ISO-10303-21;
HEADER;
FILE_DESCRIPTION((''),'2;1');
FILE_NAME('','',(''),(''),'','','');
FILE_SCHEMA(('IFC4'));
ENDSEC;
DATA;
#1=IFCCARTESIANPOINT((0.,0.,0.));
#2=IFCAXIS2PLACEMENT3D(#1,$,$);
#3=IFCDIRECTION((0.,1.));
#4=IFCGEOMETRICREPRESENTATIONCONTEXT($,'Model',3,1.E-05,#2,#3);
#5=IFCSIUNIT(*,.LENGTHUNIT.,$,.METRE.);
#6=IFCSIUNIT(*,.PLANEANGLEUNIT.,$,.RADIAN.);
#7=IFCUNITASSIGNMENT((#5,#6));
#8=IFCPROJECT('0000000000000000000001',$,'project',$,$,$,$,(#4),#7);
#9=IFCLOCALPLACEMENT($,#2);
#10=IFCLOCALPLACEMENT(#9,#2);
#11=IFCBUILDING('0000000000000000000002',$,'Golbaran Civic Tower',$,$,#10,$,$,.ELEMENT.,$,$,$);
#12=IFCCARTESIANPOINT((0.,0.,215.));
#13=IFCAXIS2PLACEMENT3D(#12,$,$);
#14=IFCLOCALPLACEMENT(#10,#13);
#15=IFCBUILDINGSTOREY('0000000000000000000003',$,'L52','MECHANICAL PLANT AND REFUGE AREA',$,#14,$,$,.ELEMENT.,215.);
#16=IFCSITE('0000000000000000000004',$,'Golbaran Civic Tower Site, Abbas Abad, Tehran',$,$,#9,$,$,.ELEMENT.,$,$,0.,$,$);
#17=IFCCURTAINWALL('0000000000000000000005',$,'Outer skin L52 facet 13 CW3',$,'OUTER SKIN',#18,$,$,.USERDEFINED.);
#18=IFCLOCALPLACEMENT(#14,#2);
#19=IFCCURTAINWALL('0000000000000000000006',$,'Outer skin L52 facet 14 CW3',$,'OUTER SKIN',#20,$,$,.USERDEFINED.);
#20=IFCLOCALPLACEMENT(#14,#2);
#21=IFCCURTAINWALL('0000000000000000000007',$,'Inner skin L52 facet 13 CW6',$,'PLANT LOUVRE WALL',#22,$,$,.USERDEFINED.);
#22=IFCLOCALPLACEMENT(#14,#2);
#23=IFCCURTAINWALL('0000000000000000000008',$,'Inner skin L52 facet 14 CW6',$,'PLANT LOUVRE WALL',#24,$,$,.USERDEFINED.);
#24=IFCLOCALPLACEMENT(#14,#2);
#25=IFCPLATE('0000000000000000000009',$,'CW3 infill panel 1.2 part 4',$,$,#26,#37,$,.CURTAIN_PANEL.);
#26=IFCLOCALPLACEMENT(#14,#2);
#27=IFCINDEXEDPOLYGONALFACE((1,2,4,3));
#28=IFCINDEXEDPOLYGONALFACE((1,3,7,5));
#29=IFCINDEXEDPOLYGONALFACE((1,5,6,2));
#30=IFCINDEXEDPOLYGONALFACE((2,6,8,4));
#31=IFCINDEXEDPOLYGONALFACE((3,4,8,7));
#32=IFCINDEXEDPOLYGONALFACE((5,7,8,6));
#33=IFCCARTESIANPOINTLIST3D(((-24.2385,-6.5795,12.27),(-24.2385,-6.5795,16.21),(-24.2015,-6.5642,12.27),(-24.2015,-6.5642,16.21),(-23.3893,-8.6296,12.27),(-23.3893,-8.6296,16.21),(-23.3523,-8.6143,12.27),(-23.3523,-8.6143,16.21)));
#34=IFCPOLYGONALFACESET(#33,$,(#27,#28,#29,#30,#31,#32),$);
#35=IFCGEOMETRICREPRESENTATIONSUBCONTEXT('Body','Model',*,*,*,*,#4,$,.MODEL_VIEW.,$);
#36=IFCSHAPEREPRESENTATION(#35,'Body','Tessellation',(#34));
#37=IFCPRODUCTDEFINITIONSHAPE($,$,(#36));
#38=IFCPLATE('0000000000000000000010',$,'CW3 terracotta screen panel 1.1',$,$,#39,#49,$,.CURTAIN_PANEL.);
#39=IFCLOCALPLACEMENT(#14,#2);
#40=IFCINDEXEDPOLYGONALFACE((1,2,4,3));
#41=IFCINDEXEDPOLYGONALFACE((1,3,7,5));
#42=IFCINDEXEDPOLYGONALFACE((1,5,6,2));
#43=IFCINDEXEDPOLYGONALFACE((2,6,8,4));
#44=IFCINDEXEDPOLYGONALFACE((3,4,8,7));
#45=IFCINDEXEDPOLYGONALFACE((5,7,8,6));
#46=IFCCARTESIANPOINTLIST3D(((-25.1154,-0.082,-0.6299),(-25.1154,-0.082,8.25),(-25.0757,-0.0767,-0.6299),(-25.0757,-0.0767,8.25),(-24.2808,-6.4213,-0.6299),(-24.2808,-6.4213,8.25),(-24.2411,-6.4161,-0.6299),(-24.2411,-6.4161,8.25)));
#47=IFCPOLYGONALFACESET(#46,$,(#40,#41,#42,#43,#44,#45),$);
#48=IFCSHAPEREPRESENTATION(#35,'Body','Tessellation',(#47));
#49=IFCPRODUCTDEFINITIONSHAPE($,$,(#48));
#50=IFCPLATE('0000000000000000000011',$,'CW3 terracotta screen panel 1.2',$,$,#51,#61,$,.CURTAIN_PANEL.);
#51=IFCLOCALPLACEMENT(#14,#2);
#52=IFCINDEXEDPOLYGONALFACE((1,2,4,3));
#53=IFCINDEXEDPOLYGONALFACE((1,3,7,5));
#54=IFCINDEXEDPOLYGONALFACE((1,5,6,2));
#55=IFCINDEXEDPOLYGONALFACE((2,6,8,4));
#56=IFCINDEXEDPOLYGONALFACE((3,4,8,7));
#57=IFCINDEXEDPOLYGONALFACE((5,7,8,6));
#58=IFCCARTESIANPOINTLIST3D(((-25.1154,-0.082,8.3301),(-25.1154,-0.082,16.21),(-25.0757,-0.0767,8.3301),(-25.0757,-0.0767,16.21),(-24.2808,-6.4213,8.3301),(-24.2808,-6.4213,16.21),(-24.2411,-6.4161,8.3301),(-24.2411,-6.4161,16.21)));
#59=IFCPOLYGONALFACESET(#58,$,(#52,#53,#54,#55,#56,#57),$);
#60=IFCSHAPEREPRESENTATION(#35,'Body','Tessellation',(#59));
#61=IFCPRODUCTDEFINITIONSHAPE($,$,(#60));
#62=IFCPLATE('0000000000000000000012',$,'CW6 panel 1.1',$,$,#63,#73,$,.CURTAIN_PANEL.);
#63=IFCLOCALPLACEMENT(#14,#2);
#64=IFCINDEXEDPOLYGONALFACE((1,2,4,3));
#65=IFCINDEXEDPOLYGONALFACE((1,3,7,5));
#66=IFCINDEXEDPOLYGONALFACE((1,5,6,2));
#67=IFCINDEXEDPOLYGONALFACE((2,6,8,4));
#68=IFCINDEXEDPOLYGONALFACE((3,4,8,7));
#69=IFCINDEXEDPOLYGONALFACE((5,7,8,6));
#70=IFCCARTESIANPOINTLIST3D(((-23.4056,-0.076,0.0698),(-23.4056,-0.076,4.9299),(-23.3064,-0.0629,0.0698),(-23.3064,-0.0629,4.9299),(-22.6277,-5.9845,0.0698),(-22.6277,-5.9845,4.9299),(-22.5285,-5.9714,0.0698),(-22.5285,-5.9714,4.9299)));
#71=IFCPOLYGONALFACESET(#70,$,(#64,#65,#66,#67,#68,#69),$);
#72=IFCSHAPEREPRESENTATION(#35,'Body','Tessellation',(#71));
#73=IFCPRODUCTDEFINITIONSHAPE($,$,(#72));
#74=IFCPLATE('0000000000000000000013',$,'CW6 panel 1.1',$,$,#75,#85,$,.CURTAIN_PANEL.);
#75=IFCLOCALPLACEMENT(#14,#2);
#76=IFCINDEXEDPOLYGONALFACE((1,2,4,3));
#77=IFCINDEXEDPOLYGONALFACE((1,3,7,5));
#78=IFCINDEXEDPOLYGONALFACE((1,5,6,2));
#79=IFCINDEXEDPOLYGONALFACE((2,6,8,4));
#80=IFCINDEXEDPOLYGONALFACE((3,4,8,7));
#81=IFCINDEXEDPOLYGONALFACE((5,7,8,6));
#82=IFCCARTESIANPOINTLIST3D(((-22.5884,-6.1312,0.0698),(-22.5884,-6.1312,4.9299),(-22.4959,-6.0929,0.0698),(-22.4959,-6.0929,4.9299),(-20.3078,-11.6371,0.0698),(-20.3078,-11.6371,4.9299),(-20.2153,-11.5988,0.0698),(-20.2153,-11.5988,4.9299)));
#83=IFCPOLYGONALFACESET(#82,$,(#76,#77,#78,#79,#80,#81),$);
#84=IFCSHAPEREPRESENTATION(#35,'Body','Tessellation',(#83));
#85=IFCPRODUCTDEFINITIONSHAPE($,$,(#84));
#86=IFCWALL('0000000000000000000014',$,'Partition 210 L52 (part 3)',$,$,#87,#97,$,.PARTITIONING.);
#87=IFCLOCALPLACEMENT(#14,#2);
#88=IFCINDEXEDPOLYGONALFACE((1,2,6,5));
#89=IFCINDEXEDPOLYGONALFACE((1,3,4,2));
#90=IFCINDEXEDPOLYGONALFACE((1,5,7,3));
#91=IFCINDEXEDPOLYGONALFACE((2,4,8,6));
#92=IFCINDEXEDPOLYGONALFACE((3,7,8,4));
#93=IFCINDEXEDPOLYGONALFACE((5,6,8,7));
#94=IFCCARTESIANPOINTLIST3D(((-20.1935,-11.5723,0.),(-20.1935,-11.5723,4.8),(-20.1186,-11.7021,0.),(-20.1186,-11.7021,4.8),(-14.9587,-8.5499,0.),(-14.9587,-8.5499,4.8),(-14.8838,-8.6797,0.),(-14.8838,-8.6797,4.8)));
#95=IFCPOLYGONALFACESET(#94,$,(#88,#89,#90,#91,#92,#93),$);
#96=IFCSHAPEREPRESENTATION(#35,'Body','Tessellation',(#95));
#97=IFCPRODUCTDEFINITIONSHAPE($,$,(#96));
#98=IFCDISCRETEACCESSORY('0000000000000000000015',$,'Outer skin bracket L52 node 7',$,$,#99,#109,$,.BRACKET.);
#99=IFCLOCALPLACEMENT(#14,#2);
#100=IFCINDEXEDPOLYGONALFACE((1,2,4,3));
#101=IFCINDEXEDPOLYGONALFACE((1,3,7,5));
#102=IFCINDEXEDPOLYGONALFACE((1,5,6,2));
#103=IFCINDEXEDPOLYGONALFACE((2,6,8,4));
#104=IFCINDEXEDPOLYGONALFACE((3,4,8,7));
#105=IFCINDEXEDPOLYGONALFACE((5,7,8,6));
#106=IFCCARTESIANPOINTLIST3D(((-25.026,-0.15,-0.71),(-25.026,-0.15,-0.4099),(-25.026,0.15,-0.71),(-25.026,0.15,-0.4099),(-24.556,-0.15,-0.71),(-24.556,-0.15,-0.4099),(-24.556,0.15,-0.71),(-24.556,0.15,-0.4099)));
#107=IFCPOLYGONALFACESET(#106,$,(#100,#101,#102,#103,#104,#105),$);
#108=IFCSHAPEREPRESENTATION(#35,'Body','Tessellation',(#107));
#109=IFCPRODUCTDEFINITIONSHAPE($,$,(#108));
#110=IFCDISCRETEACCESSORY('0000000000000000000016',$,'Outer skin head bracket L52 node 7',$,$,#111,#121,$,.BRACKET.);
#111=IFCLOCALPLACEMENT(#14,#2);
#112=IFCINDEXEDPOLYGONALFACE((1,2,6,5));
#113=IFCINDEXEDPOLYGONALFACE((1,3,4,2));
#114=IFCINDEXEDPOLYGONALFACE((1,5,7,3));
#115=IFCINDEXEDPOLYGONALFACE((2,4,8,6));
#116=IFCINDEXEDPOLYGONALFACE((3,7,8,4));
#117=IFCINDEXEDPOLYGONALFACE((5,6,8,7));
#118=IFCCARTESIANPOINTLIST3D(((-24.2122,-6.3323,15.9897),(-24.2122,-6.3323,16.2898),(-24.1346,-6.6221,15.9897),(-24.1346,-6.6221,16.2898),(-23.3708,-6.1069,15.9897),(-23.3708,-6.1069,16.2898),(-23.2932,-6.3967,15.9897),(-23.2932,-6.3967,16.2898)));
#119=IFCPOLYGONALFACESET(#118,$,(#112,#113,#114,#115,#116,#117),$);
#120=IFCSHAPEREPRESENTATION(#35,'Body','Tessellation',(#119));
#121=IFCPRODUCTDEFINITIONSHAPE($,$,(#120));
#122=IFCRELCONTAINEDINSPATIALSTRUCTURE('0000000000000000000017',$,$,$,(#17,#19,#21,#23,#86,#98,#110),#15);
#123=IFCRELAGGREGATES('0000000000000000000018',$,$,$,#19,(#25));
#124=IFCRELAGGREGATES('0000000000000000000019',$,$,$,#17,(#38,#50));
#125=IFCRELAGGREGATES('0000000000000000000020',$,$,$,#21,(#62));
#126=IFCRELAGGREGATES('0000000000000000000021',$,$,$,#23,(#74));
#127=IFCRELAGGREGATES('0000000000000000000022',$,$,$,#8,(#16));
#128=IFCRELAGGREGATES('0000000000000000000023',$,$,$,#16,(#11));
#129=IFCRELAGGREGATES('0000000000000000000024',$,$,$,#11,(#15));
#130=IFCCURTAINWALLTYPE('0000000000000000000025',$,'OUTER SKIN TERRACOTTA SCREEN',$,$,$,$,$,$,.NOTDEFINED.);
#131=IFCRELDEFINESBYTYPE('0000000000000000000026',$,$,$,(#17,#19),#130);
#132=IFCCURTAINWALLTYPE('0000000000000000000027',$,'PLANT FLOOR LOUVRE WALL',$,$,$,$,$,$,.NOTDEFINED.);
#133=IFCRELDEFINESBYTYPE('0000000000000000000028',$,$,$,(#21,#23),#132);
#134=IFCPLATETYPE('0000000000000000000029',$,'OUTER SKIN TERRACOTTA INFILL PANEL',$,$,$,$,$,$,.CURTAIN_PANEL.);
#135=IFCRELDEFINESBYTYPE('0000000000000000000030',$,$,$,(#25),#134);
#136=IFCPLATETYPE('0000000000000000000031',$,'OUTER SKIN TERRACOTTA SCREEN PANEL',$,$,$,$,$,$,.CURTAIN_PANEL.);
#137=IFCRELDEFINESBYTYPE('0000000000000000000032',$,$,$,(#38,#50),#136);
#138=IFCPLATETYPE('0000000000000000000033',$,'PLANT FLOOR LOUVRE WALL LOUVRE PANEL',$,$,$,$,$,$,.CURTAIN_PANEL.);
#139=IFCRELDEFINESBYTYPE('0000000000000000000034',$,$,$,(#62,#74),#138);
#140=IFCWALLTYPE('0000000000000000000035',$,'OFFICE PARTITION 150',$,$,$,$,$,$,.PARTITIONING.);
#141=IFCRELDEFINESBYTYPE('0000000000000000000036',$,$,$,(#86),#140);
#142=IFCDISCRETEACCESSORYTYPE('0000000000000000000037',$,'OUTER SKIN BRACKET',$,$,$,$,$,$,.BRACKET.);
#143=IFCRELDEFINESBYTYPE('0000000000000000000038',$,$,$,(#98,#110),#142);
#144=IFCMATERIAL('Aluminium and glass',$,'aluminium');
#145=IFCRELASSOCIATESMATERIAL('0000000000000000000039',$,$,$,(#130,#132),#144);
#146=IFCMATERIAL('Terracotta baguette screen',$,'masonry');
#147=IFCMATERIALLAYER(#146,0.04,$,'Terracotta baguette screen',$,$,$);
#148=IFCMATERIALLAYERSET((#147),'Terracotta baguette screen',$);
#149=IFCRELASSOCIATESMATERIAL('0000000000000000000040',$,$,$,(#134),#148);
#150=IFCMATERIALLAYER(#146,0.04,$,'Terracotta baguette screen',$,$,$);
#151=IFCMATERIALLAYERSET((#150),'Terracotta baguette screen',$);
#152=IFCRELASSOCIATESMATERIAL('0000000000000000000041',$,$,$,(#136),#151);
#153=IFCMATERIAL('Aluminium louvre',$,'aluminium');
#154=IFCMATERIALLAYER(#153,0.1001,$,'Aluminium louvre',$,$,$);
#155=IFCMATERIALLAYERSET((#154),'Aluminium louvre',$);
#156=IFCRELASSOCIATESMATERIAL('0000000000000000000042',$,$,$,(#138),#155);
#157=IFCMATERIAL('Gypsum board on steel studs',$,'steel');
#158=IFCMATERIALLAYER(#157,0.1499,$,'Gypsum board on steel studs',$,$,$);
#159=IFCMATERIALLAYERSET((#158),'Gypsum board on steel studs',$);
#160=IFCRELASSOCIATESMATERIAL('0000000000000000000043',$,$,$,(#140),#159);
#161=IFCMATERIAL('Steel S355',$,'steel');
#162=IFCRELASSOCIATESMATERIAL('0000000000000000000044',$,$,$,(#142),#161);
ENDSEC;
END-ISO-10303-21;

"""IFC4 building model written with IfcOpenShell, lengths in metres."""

from ifc_helpers import new_model, si_unit, direction, frame, frame_2d, origin, origin_2d, place, context, subcontext, project, spatial, rectangle, extrude, material, layer, layer_set, type_object, element, aggregate, save


model = new_model("IFC4")

# Units and contexts
model_context = context("Model", 3, precision=1e-05, world=origin(), true_north=direction((0.0, 1.0)))
body_context = subcontext(model_context, "Body", "Model", "MODEL_VIEW")
ifc_project = project(units=[si_unit("LENGTHUNIT", "METRE"), si_unit("PLANEANGLEUNIT", "RADIAN")], contexts=[model_context])

# Site, building, storey
site_placement = place(None, origin())
site = spatial("IfcSite", under=ifc_project, at=site_placement, Name="Golbaran Civic Tower Site, Abbas Abad, Tehran", CompositionType="ELEMENT", RefElevation=0.0)
building_placement = place(site_placement, origin())
building = spatial("IfcBuilding", under=site, at=building_placement, Name="Golbaran Civic Tower", CompositionType="ELEMENT")
storey_placement = place(building_placement, frame((0.0, 0.0, 215.0)))
storey = spatial("IfcBuildingStorey", under=building, at=storey_placement, Name="L52", Description="MECHANICAL PLANT AND REFUGE AREA", CompositionType="ELEMENT", Elevation=215.0)

# Shared definitions
ifc_material_1 = material(Name="Steel S355", Category="steel")

# Curtain wall
ifc_material_2 = material(Name="Aluminium and glass", Category="aluminium")
curtain_wall_type_1 = type_object("IfcCurtainWallType", Name="OUTER SKIN TERRACOTTA SCREEN", PredefinedType="NOTDEFINED", material=ifc_material_2)
curtain_wall_1_placement = place(storey_placement, origin())
curtain_wall_1 = element("IfcCurtainWall", 1, at=curtain_wall_1_placement, inside=storey, type_object=curtain_wall_type_1, Name="Outer skin L52 facet 13 CW3", ObjectType="OUTER SKIN", PredefinedType="USERDEFINED")

# Curtain wall
curtain_wall_2_placement = place(storey_placement, origin())
curtain_wall_2 = element("IfcCurtainWall", 2, at=curtain_wall_2_placement, inside=storey, type_object=curtain_wall_type_1, Name="Outer skin L52 facet 14 CW3", ObjectType="OUTER SKIN", PredefinedType="USERDEFINED")

# Curtain wall
curtain_wall_type_2 = type_object("IfcCurtainWallType", Name="PLANT FLOOR LOUVRE WALL", PredefinedType="NOTDEFINED", material=ifc_material_2)
curtain_wall_3_placement = place(storey_placement, origin())
curtain_wall_3 = element("IfcCurtainWall", 3, at=curtain_wall_3_placement, inside=storey, type_object=curtain_wall_type_2, Name="Inner skin L52 facet 13 CW6", ObjectType="PLANT LOUVRE WALL", PredefinedType="USERDEFINED")

# Curtain wall
curtain_wall_4_placement = place(storey_placement, origin())
curtain_wall_4 = element("IfcCurtainWall", 4, at=curtain_wall_4_placement, inside=storey, type_object=curtain_wall_type_2, Name="Inner skin L52 facet 14 CW6", ObjectType="PLANT LOUVRE WALL", PredefinedType="USERDEFINED")

# Plates
ifc_material_3 = material(Name="Terracotta baguette screen", Category="masonry")
ifc_layer_1 = layer(ifc_material_3, 0.04, Name="Terracotta baguette screen")
ifc_layer_set_1 = layer_set([ifc_layer_1], Name="Terracotta baguette screen")
plate_type_1 = type_object("IfcPlateType", Name="OUTER SKIN TERRACOTTA INFILL PANEL", PredefinedType="CURTAIN_PANEL", material=ifc_layer_set_1)
plate_1_placement = place(storey_placement, frame((-23.7954, -7.5969, 12.27), z_axis=(0.0, 0.0, 1.0), x_axis=(0.382683, -0.92388, 0.0)))
plate_1 = element("IfcPlate", 5, at=plate_1_placement, type_object=plate_type_1, Name="CW3 infill panel 1.2 part 4", PredefinedType="CURTAIN_PANEL", context=body_context, shape_type="SweptSolid", body=[
    extrude(rectangle(XDim=2.219, YDim=0.04, at=origin_2d()), origin(), (0.0, 0.0, 1.0), 3.9399),
])
aggregate(curtain_wall_2, [plate_1])
ifc_layer_2 = layer(ifc_material_3, 0.04, Name="Terracotta baguette screen")
ifc_layer_set_2 = layer_set([ifc_layer_2], Name="Terracotta baguette screen")
plate_type_2 = type_object("IfcPlateType", Name="OUTER SKIN TERRACOTTA SCREEN PANEL", PredefinedType="CURTAIN_PANEL", material=ifc_layer_set_2)
plate_2_placement = place(storey_placement, frame((-24.6782, -3.249, -0.6299), z_axis=(0.0, 0.0, 1.0), x_axis=(0.130526, -0.991445, 0.0)))
plate_2 = element("IfcPlate", 6, at=plate_2_placement, type_object=plate_type_2, Name="CW3 terracotta screen panel 1.1", PredefinedType="CURTAIN_PANEL", context=body_context, shape_type="SweptSolid", body=[
    extrude(rectangle(XDim=6.394, YDim=0.04, at=origin_2d()), origin(), (0.0, 0.0, 1.0), 8.8799),
])
plate_3_placement = place(storey_placement, frame((-24.6782, -3.249, 8.3301), z_axis=(0.0, 0.0, 1.0), x_axis=(0.130526, -0.991445, 0.0)))
plate_3 = element("IfcPlate", 7, at=plate_3_placement, type_object=plate_type_2, Name="CW3 terracotta screen panel 1.2", PredefinedType="CURTAIN_PANEL", context=body_context, shape_type="SweptSolid", body=[
    extrude(rectangle(XDim=6.394, YDim=0.04, at=origin_2d()), origin(), (0.0, 0.0, 1.0), 7.8799),
])
aggregate(curtain_wall_1, [plate_2, plate_3])
ifc_material_4 = material(Name="Aluminium louvre", Category="aluminium")
ifc_layer_3 = layer(ifc_material_4, 0.1001, Name="Aluminium louvre")
ifc_layer_set_3 = layer_set([ifc_layer_3], Name="Aluminium louvre")
plate_type_3 = type_object("IfcPlateType", Name="PLANT FLOOR LOUVRE WALL LOUVRE PANEL", PredefinedType="CURTAIN_PANEL", material=ifc_layer_set_3)
plate_4_placement = place(storey_placement, frame((-22.967, -3.0237, 0.0698), z_axis=(0.0, 0.0, 1.0), x_axis=(0.130526, -0.991445, 0.0)))
plate_4 = element("IfcPlate", 8, at=plate_4_placement, type_object=plate_type_3, Name="CW6 panel 1.1", PredefinedType="CURTAIN_PANEL", context=body_context, shape_type="SweptSolid", body=[
    extrude(rectangle(XDim=5.9595, YDim=0.1001, at=origin_2d()), origin(), (0.0, 0.0, 1.0), 4.8601),
])
aggregate(curtain_wall_3, [plate_4])
plate_5_placement = place(storey_placement, frame((-21.4019, -8.865, 0.0698), z_axis=(0.0, 0.0, 1.0), x_axis=(0.382683, -0.92388, 0.0)))
plate_5 = element("IfcPlate", 9, at=plate_5_placement, type_object=plate_type_3, Name="CW6 panel 1.1", PredefinedType="CURTAIN_PANEL", context=body_context, shape_type="SweptSolid", body=[
    extrude(rectangle(XDim=5.9595, YDim=0.1001, at=origin_2d()), origin(), (0.0, 0.0, 1.0), 4.8601),
])
aggregate(curtain_wall_4, [plate_5])

# Wall
ifc_material_5 = material(Name="Gypsum board on steel studs", Category="steel")
ifc_layer_4 = layer(ifc_material_5, 0.1499, Name="Gypsum board on steel studs")
ifc_layer_set_4 = layer_set([ifc_layer_4], Name="Gypsum board on steel studs")
wall_type = type_object("IfcWallType", Name="OFFICE PARTITION 150", PredefinedType="PARTITIONING", material=ifc_layer_set_4)
wall_placement = place(storey_placement, frame((-14.9211, -8.6147, 0.0), z_axis=(0.0, 0.0, 1.0), x_axis=(-0.866017, -0.500014, 0.0)))
element("IfcWall", 10, at=wall_placement, inside=storey, type_object=wall_type, Name="Partition 210 L52 (part 3)", PredefinedType="PARTITIONING", context=body_context, shape_type="SweptSolid", body=[
    extrude(rectangle(XDim=6.0447, YDim=0.1499, at=frame_2d((3.0225, 0.0))), origin(), (0.0, 0.0, 1.0), 4.8),
])

# Discrete accessories
discrete_accessory_type = type_object("IfcDiscreteAccessoryType", Name="OUTER SKIN BRACKET", PredefinedType="BRACKET", material=ifc_material_1)
discrete_accessory_1_placement = place(storey_placement, frame((-24.791, 0.0, -0.71), z_axis=(0.0, 0.0, 1.0), x_axis=(-1.0, 0.0, 0.0)))
element("IfcDiscreteAccessory", 11, at=discrete_accessory_1_placement, inside=storey, type_object=discrete_accessory_type, Name="Outer skin bracket L52 node 7", PredefinedType="BRACKET", context=body_context, shape_type="SweptSolid", body=[
    extrude(rectangle(XDim=0.47, YDim=0.3, at=origin_2d()), origin(), (0.0, 0.0, 1.0), 0.3),
])
discrete_accessory_2_placement = place(storey_placement, frame((-23.7527, -6.3645, 15.9897), z_axis=(0.0, 0.0, 1.0), x_axis=(-0.965926, -0.258819, 0.0)))
element("IfcDiscreteAccessory", 12, at=discrete_accessory_2_placement, inside=storey, type_object=discrete_accessory_type, Name="Outer skin head bracket L52 node 7", PredefinedType="BRACKET", context=body_context, shape_type="SweptSolid", body=[
    extrude(rectangle(XDim=0.8711, YDim=0.3, at=origin_2d()), origin(), (0.0, 0.0, 1.0), 0.3),
])

save(model, "model.ifc")
